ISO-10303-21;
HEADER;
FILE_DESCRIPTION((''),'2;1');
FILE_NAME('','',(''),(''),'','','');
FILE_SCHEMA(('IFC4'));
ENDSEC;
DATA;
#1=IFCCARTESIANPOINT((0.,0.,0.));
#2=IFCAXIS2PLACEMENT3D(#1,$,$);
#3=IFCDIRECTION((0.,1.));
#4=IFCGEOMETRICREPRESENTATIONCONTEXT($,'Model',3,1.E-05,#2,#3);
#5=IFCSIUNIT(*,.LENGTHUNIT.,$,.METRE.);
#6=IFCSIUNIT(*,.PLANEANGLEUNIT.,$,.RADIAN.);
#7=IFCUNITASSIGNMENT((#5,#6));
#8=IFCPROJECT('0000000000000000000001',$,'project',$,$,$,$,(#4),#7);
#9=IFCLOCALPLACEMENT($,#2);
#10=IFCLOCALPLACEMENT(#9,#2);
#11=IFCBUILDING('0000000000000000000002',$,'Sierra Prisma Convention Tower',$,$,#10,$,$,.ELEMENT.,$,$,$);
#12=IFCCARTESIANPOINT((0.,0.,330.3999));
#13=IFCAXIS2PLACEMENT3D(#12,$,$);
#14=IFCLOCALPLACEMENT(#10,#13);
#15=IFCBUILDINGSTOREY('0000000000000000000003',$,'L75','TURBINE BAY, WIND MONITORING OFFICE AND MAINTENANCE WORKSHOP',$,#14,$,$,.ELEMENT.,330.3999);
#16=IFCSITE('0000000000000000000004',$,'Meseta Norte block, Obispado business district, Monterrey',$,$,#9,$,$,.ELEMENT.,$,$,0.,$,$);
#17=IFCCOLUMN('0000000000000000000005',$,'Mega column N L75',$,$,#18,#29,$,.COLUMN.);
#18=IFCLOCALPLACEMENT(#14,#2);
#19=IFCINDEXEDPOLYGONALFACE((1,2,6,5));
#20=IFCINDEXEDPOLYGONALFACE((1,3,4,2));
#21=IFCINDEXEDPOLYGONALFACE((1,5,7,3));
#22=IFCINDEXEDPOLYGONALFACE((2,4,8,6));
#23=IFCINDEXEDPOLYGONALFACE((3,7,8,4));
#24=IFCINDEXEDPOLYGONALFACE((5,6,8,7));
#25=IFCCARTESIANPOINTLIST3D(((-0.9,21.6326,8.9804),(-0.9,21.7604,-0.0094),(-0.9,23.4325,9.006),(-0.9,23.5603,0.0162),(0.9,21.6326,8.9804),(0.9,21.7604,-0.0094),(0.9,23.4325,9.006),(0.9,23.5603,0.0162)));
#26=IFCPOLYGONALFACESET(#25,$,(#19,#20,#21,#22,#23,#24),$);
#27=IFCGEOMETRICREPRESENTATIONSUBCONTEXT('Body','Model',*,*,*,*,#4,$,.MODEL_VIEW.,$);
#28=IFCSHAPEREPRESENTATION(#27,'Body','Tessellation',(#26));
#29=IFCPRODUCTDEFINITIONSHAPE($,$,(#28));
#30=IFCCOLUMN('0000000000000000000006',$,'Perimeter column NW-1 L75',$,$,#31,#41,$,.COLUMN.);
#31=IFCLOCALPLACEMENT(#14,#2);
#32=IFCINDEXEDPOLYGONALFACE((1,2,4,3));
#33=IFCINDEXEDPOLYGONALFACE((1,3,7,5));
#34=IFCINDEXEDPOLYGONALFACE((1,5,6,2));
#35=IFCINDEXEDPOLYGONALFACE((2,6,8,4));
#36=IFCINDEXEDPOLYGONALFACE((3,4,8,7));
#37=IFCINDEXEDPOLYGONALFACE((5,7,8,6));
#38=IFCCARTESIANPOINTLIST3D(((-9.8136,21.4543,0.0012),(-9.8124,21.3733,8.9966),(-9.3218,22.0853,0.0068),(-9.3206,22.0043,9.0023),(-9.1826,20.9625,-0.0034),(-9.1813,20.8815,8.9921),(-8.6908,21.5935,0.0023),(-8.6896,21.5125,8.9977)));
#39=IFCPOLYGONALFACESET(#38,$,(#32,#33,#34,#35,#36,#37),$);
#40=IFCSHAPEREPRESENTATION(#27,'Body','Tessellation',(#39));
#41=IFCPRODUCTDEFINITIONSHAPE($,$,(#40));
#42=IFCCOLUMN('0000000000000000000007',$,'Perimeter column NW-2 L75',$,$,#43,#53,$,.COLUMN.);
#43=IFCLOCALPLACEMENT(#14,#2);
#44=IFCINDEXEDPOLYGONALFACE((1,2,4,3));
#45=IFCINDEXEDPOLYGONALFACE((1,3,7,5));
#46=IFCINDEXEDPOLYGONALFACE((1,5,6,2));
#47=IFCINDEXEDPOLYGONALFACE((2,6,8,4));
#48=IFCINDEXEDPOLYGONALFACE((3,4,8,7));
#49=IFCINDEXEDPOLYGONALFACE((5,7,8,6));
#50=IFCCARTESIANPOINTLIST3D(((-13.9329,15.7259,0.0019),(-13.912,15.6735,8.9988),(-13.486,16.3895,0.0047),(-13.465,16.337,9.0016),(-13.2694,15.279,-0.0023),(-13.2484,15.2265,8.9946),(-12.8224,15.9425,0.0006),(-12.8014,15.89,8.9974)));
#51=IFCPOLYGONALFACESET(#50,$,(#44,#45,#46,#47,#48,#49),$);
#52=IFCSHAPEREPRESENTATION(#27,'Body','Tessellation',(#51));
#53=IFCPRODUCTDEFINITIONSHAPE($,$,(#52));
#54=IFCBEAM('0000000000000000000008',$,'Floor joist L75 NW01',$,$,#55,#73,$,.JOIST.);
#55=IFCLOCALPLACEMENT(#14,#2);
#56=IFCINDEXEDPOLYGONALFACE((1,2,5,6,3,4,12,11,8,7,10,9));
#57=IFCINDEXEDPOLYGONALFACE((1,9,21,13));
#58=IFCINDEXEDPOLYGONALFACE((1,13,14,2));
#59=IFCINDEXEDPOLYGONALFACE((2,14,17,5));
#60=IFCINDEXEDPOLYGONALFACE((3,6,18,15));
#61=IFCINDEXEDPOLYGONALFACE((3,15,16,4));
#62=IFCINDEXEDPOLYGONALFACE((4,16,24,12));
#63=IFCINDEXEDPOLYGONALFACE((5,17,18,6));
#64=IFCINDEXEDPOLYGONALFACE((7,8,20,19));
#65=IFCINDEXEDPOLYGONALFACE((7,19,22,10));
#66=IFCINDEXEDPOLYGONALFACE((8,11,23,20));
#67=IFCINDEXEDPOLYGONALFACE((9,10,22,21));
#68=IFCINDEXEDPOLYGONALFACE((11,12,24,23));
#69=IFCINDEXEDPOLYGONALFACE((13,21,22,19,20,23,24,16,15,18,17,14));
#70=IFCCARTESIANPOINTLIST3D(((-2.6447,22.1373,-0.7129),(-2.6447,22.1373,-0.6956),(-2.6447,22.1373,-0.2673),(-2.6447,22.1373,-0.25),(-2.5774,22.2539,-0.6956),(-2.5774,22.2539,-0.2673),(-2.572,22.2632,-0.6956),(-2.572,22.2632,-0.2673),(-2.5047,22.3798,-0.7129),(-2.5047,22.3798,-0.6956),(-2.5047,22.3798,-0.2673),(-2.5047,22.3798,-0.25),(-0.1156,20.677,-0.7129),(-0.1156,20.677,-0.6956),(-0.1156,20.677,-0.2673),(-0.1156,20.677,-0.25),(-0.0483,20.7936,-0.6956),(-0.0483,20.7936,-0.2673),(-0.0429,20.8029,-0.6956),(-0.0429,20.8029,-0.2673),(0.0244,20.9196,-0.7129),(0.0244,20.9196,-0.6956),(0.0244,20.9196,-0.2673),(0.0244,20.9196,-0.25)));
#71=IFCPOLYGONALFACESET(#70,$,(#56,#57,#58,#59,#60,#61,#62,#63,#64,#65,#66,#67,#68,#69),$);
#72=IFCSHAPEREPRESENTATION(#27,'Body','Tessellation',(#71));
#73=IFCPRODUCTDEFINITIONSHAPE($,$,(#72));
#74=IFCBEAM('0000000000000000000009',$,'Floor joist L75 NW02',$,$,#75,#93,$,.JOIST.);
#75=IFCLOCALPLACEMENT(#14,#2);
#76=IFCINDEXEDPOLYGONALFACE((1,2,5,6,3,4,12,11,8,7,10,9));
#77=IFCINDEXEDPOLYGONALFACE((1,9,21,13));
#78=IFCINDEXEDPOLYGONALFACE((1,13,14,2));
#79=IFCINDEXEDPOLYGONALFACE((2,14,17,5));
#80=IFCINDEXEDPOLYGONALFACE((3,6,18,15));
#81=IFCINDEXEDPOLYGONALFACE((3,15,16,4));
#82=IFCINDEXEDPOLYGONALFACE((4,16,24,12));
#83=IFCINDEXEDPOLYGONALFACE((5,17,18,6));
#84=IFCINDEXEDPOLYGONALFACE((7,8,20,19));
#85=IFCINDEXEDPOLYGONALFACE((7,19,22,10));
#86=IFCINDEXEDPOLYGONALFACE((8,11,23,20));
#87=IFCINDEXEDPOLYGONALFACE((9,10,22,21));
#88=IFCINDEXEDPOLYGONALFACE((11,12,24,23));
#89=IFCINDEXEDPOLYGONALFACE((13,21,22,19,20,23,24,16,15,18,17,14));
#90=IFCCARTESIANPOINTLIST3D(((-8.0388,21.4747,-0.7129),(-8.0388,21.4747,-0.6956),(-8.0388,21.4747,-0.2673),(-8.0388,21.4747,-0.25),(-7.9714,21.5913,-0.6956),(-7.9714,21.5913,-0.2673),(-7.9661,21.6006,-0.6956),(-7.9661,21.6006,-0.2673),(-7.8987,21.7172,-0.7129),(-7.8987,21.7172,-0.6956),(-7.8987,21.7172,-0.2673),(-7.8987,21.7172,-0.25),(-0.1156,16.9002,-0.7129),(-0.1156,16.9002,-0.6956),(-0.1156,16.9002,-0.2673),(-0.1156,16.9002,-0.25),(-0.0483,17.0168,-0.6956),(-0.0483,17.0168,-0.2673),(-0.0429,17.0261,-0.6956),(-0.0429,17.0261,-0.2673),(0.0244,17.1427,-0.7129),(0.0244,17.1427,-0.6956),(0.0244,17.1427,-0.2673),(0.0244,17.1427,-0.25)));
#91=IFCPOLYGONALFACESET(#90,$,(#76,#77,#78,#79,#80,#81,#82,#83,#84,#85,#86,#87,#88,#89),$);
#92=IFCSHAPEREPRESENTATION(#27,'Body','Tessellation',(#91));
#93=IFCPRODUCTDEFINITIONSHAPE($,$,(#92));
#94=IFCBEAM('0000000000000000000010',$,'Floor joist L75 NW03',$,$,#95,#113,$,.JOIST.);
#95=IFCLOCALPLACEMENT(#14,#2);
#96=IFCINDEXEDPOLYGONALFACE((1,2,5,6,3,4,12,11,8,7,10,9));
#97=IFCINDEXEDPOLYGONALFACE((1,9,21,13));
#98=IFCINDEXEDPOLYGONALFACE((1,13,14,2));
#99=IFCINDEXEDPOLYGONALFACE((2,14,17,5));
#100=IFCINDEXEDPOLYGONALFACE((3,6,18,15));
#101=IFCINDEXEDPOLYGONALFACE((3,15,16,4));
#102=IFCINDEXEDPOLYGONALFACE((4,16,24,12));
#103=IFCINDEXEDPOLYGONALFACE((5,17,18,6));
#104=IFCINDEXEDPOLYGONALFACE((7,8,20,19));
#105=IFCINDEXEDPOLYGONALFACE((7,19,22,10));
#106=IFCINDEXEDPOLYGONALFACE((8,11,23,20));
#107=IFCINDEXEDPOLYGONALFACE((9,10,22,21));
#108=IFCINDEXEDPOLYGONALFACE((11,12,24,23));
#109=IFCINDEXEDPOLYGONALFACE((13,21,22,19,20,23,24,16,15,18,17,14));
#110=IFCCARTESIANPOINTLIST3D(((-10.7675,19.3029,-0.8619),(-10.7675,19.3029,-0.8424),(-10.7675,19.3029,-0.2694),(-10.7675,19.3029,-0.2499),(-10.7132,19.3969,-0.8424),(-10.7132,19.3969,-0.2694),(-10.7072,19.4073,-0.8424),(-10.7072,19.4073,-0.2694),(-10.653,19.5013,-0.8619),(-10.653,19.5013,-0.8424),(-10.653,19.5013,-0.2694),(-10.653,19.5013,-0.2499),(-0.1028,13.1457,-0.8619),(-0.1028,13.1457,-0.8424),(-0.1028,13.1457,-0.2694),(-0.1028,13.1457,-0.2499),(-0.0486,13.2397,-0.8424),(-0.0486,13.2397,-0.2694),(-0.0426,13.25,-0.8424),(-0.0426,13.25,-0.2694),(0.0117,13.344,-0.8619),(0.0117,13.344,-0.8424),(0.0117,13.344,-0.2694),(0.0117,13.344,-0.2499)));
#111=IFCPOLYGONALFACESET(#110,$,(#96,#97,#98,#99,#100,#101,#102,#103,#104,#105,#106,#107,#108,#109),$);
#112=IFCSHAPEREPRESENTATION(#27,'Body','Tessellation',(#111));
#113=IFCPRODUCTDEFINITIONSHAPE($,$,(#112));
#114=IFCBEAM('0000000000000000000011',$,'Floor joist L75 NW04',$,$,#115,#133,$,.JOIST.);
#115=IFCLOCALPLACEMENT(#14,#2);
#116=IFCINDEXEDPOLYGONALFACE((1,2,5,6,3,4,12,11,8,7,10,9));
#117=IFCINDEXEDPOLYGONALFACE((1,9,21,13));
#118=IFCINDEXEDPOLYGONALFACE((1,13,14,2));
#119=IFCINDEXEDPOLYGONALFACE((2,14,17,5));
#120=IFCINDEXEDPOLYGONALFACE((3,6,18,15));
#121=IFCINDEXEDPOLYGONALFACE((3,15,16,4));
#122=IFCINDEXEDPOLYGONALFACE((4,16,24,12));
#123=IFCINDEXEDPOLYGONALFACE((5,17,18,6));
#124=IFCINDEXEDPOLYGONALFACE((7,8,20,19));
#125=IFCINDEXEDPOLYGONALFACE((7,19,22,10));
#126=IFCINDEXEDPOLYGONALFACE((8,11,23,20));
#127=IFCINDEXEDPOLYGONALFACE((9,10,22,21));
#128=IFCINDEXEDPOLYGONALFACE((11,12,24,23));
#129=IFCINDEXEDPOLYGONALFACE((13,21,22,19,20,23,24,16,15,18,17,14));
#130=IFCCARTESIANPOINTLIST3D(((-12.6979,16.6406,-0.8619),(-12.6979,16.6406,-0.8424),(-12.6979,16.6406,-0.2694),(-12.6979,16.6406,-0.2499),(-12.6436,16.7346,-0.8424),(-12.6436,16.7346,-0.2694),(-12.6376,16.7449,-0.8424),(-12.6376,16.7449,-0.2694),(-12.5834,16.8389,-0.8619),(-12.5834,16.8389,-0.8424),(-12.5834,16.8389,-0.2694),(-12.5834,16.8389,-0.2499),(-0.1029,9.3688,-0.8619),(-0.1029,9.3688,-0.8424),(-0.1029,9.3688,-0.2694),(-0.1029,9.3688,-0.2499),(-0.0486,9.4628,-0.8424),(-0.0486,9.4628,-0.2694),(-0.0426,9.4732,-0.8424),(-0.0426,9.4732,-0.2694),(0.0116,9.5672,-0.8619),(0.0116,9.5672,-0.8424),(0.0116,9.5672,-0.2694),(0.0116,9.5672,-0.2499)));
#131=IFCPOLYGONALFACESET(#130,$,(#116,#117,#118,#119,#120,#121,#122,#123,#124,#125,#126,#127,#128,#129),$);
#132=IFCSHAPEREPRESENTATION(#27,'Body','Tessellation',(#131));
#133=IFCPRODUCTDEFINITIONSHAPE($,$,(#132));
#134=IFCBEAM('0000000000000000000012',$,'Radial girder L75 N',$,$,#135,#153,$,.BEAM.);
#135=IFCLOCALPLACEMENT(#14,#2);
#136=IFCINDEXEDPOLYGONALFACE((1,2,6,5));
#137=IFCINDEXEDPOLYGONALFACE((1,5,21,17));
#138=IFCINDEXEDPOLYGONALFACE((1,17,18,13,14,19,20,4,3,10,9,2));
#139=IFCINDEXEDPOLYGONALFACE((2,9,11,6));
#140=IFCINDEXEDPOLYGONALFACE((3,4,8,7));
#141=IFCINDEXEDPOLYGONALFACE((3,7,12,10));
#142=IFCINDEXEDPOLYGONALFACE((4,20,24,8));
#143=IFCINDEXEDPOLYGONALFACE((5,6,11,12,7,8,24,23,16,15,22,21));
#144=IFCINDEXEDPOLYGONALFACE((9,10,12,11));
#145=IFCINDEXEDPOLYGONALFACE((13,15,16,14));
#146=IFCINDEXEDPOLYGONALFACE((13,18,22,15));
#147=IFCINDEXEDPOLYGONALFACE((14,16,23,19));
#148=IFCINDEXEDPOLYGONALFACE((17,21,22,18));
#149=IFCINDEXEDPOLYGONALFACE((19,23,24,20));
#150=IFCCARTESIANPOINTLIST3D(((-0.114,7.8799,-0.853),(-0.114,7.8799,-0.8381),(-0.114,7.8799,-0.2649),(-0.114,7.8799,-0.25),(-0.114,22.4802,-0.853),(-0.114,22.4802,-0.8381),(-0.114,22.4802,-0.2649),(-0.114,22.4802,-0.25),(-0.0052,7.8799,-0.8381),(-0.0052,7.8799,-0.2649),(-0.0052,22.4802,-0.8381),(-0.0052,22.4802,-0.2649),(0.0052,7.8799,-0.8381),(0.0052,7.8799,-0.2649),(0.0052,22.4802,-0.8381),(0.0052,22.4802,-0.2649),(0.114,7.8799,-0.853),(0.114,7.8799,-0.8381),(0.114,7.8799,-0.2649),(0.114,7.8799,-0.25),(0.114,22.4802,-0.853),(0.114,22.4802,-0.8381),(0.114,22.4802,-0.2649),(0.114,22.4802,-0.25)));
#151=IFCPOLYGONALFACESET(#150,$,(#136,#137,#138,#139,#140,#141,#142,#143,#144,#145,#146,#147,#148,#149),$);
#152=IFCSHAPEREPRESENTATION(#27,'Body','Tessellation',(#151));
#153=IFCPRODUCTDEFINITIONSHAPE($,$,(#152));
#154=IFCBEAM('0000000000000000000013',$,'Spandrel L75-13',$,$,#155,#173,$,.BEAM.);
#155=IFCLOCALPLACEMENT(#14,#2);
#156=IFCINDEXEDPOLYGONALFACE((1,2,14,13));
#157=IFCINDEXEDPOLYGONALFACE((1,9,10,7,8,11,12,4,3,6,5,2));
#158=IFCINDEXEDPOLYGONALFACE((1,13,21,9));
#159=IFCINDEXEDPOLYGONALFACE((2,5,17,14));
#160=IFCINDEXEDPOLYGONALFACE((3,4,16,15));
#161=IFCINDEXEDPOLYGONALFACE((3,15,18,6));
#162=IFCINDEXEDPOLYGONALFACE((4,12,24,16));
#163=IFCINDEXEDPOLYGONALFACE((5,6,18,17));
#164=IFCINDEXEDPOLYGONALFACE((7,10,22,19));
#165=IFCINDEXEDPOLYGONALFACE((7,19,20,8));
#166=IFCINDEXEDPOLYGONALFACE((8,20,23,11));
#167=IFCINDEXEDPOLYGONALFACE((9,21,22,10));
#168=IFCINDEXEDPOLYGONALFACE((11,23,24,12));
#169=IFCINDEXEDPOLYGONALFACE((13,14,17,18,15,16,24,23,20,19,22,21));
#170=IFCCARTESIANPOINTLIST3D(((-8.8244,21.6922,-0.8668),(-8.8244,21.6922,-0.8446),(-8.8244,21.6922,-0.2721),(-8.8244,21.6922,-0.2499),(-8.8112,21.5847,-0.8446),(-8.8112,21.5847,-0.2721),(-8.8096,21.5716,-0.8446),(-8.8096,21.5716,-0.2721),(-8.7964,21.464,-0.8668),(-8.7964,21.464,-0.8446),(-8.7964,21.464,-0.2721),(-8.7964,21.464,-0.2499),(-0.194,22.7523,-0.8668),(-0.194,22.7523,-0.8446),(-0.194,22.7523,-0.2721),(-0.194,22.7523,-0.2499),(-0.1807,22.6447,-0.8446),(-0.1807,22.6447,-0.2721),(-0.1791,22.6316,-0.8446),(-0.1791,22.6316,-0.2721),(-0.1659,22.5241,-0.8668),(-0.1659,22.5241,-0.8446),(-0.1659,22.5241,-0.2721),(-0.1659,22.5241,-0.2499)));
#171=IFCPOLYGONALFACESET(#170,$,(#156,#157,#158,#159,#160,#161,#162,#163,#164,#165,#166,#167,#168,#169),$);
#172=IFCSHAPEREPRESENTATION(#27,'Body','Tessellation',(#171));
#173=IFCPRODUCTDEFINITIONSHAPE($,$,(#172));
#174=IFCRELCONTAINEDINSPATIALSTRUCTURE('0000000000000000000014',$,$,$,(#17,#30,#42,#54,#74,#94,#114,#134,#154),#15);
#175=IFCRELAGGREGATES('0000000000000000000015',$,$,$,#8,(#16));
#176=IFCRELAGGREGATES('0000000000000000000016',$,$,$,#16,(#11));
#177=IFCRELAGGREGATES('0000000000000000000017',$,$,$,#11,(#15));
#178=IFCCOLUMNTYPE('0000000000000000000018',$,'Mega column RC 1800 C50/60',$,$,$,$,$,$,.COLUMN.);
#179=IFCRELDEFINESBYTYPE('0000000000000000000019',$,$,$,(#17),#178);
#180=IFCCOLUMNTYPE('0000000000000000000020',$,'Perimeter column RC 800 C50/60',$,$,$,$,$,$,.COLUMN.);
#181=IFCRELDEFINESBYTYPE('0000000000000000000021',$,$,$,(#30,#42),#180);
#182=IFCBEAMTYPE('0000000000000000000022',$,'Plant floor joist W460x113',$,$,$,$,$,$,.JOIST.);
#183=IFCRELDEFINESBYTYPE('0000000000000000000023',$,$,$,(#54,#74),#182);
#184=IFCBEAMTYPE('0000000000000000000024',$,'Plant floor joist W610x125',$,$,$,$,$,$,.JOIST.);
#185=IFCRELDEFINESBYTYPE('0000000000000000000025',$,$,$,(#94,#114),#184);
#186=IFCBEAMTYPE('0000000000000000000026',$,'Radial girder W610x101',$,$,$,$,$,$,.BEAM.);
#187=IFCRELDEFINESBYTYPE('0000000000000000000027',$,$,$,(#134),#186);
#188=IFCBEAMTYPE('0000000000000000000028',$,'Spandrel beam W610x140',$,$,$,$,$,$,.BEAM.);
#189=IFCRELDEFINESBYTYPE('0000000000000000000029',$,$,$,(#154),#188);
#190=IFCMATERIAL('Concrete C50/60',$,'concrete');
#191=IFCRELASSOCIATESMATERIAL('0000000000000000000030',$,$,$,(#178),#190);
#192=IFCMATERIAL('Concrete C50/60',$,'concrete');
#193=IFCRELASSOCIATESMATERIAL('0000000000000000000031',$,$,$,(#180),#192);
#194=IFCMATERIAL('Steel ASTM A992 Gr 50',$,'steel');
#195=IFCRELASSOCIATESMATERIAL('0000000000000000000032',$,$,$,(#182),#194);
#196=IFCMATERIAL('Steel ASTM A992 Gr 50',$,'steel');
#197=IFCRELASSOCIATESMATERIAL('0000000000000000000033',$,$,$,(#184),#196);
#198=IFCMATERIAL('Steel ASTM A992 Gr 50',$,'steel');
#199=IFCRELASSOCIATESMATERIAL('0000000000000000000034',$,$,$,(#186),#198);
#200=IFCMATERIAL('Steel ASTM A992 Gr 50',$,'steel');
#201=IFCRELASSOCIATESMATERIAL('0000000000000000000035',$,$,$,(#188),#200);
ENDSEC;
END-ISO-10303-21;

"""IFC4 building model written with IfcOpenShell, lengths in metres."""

from ifc_helpers import new_model, si_unit, direction, frame, origin, origin_2d, place, context, subcontext, project, spatial, rectangle, i_section, extrude, clip, halfspace, material, material_profile, profile_set, type_object, element, save


model = new_model("IFC4")

# Units and contexts
model_context = context("Model", 3, precision=1e-05, world=origin(), true_north=direction((0.0, 1.0)))
body_context = subcontext(model_context, "Body", "Model", "MODEL_VIEW")
ifc_project = project(units=[si_unit("LENGTHUNIT", "METRE"), si_unit("PLANEANGLEUNIT", "RADIAN")], contexts=[model_context])

# Site, building, storey
site_placement = place(None, origin())
site = spatial("IfcSite", under=ifc_project, at=site_placement, Name="Meseta Norte block, Obispado business district, Monterrey", CompositionType="ELEMENT", RefElevation=0.0)
building_placement = place(site_placement, origin())
building = spatial("IfcBuilding", under=site, at=building_placement, Name="Sierra Prisma Convention Tower", CompositionType="ELEMENT")
storey_placement = place(building_placement, frame((0.0, 0.0, 330.3999)))
storey = spatial("IfcBuildingStorey", under=building, at=storey_placement, Name="L75", Description="TURBINE BAY, WIND MONITORING OFFICE AND MAINTENANCE WORKSHOP", CompositionType="ELEMENT", Elevation=330.3999)

# Columns
ifc_material_1 = material(Name="Concrete C50/60", Category="concrete")
ifc_material_profile_1 = material_profile(ifc_material_1, rectangle(XDim=1.8, YDim=1.8, at=origin_2d()), Name="Mega column RC 1800 C50/60")
ifc_profile_set_1 = profile_set([ifc_material_profile_1], Name="Concrete C50/60")
column_type_1 = type_object("IfcColumnType", Name="Mega column RC 1800 C50/60", PredefinedType="COLUMN", material=ifc_profile_set_1)
column_1_placement = place(storey_placement, frame((0.0, 22.6604, 0.0), z_axis=(0.0, -0.014213, 0.999899), x_axis=(1.0, 0.0, 0.0)))
element("IfcColumn", 1, at=column_1_placement, inside=storey, type_object=column_type_1, Name="Mega column N L75", PredefinedType="COLUMN", context=body_context, shape_type="SweptSolid", body=[
    clip(clip(extrude(rectangle(XDim=1.8, YDim=1.8, at=origin_2d()), origin(), (0.0, 0.0, 1.0), 9.001), halfspace(frame((0.0, 0.0, 0.0034)), True)), halfspace(frame((0.0, 0.0, 8.9941)), False)),
])
ifc_material_2 = material(Name="Concrete C50/60", Category="concrete")
ifc_material_profile_2 = material_profile(ifc_material_2, rectangle(XDim=0.8, YDim=0.8, at=origin_2d()), Name="Perimeter column RC 800 C50/60")
ifc_profile_set_2 = profile_set([ifc_material_profile_2], Name="Concrete C50/60")
column_type_2 = type_object("IfcColumnType", Name="Perimeter column RC 800 C50/60", PredefinedType="COLUMN", material=ifc_profile_set_2)
column_2_placement = place(storey_placement, frame((-9.2522, 21.5239, 0.0), z_axis=(0.000136, -0.009006, 0.999959), x_axis=(0.614683, 0.788743, 0.00702)))
element("IfcColumn", 2, at=column_2_placement, inside=storey, type_object=column_type_2, Name="Perimeter column NW-1 L75", PredefinedType="COLUMN", context=body_context, shape_type="SweptSolid", body=[
    clip(clip(extrude(rectangle(XDim=0.8, YDim=0.8, at=origin_2d()), origin(), (0.0, 0.0, 1.0), 9.0002), halfspace(frame((0.0, 0.0, 0.0017)), True)), halfspace(frame((0.0, 0.0, 8.9976)), False)),
])
column_3_placement = place(storey_placement, frame((-13.3777, 15.8342, 0.0), z_axis=(0.002333, -0.005832, 0.99998), x_axis=(0.558678, 0.829377, 0.003534)))
element("IfcColumn", 3, at=column_3_placement, inside=storey, type_object=column_type_2, Name="Perimeter column NW-2 L75", PredefinedType="COLUMN", context=body_context, shape_type="SweptSolid", body=[
    clip(clip(extrude(rectangle(XDim=0.8, YDim=0.8, at=origin_2d()), origin(), (0.0, 0.0, 1.0), 9.0002), halfspace(frame((0.0, 0.0, 0.0012)), True)), halfspace(frame((0.0, 0.0, 8.9983)), False)),
])

# Beams
ifc_material_3 = material(Name="Steel ASTM A992 Gr 50", Category="steel")
ifc_material_profile_3 = material_profile(ifc_material_3, i_section(OverallWidth=0.28, OverallDepth=0.4629, WebThickness=0.0107, FlangeThickness=0.0173, at=origin_2d()), Name="W460x113")
ifc_profile_set_3 = profile_set([ifc_material_profile_3], Name="Steel ASTM A992 Gr 50")
beam_type_1 = type_object("IfcBeamType", Name="Plant floor joist W460x113", PredefinedType="JOIST", material=ifc_profile_set_3)
beam_1_placement = place(storey_placement, frame((-2.5747, 22.2585, -0.4814), z_axis=(0.866017, -0.500014, 0.0), x_axis=(0.500014, 0.866017, 0.0)))
element("IfcBeam", 4, at=beam_1_placement, inside=storey, type_object=beam_type_1, Name="Floor joist L75 NW01", PredefinedType="JOIST", context=body_context, shape_type="SweptSolid", body=[
    extrude(i_section(OverallWidth=0.28, OverallDepth=0.4629, WebThickness=0.0107, FlangeThickness=0.0173, at=origin_2d()), origin(), (0.0, 0.0, 1.0), 2.9204),
])
beam_2_placement = place(storey_placement, frame((-7.9688, 21.5959, -0.4814), z_axis=(0.866022, -0.500005, 0.0), x_axis=(0.500005, 0.866022, 0.0)))
element("IfcBeam", 5, at=beam_2_placement, inside=storey, type_object=beam_type_1, Name="Floor joist L75 NW02", PredefinedType="JOIST", context=body_context, shape_type="SweptSolid", body=[
    extrude(i_section(OverallWidth=0.28, OverallDepth=0.4629, WebThickness=0.0107, FlangeThickness=0.0173, at=origin_2d()), origin(), (0.0, 0.0, 1.0), 9.1489),
])
ifc_material_4 = material(Name="Steel ASTM A992 Gr 50", Category="steel")
ifc_material_profile_4 = material_profile(ifc_material_4, i_section(OverallWidth=0.229, OverallDepth=0.6121, WebThickness=0.012, FlangeThickness=0.0195, at=origin_2d()), Name="W610x125")
ifc_profile_set_4 = profile_set([ifc_material_profile_4], Name="Steel ASTM A992 Gr 50")
beam_type_2 = type_object("IfcBeamType", Name="Plant floor joist W610x125", PredefinedType="JOIST", material=ifc_profile_set_4)
beam_3_placement = place(storey_placement, frame((-10.7102, 19.4021, -0.5559), z_axis=(0.866024, -0.500003, 0.0), x_axis=(0.500003, 0.866024, 0.0)))
element("IfcBeam", 6, at=beam_3_placement, inside=storey, type_object=beam_type_2, Name="Floor joist L75 NW03", PredefinedType="JOIST", context=body_context, shape_type="SweptSolid", body=[
    extrude(i_section(OverallWidth=0.229, OverallDepth=0.6121, WebThickness=0.012, FlangeThickness=0.0195, at=origin_2d()), origin(), (0.0, 0.0, 1.0), 12.3145),
])
beam_4_placement = place(storey_placement, frame((-12.6406, 16.7397, -0.5559), z_axis=(0.866025, -0.500001, 0.0), x_axis=(0.500001, 0.866025, 0.0)))
element("IfcBeam", 7, at=beam_4_placement, inside=storey, type_object=beam_type_2, Name="Floor joist L75 NW04", PredefinedType="JOIST", context=body_context, shape_type="SweptSolid", body=[
    extrude(i_section(OverallWidth=0.229, OverallDepth=0.6121, WebThickness=0.012, FlangeThickness=0.0195, at=origin_2d()), origin(), (0.0, 0.0, 1.0), 14.5435),
])
ifc_material_5 = material(Name="Steel ASTM A992 Gr 50", Category="steel")
ifc_material_profile_5 = material_profile(ifc_material_5, i_section(OverallWidth=0.228, OverallDepth=0.603, WebThickness=0.0105, FlangeThickness=0.0149, at=origin_2d()), Name="W610x101")
ifc_profile_set_5 = profile_set([ifc_material_profile_5], Name="Steel ASTM A992 Gr 50")
beam_type_3 = type_object("IfcBeamType", Name="Radial girder W610x101", PredefinedType="BEAM", material=ifc_profile_set_5)
beam_5_placement = place(storey_placement, frame((0.0, 22.4802, -0.5515), z_axis=(0.0, -1.0, 0.0), x_axis=(1.0, 0.0, 0.0)))
element("IfcBeam", 8, at=beam_5_placement, inside=storey, type_object=beam_type_3, Name="Radial girder L75 N", PredefinedType="BEAM", context=body_context, shape_type="SweptSolid", body=[
    extrude(i_section(OverallWidth=0.228, OverallDepth=0.603, WebThickness=0.0105, FlangeThickness=0.0149, at=origin_2d()), origin(), (0.0, 0.0, 1.0), 14.6003),
])
ifc_material_6 = material(Name="Steel ASTM A992 Gr 50", Category="steel")
ifc_material_profile_6 = material_profile(ifc_material_6, i_section(OverallWidth=0.23, OverallDepth=0.6169, WebThickness=0.0132, FlangeThickness=0.0222, at=origin_2d()), Name="W610x140")
ifc_profile_set_6 = profile_set([ifc_material_profile_6], Name="Steel ASTM A992 Gr 50")
beam_type_4 = type_object("IfcBeamType", Name="Spandrel beam W610x140", PredefinedType="BEAM", material=ifc_profile_set_6)
beam_6_placement = place(storey_placement, frame((-0.1799, 22.6382, -0.5583), z_axis=(-0.992541, -0.121913, 0.0), x_axis=(0.121913, -0.992541, 0.0)))
element("IfcBeam", 9, at=beam_6_placement, inside=storey, type_object=beam_type_4, Name="Spandrel L75-13", PredefinedType="BEAM", context=body_context, shape_type="SweptSolid", body=[
    extrude(i_section(OverallWidth=0.23, OverallDepth=0.6169, WebThickness=0.0132, FlangeThickness=0.0222, at=origin_2d()), origin(), (0.0, 0.0, 1.0), 8.6953),
])

save(model, "model.ifc")
